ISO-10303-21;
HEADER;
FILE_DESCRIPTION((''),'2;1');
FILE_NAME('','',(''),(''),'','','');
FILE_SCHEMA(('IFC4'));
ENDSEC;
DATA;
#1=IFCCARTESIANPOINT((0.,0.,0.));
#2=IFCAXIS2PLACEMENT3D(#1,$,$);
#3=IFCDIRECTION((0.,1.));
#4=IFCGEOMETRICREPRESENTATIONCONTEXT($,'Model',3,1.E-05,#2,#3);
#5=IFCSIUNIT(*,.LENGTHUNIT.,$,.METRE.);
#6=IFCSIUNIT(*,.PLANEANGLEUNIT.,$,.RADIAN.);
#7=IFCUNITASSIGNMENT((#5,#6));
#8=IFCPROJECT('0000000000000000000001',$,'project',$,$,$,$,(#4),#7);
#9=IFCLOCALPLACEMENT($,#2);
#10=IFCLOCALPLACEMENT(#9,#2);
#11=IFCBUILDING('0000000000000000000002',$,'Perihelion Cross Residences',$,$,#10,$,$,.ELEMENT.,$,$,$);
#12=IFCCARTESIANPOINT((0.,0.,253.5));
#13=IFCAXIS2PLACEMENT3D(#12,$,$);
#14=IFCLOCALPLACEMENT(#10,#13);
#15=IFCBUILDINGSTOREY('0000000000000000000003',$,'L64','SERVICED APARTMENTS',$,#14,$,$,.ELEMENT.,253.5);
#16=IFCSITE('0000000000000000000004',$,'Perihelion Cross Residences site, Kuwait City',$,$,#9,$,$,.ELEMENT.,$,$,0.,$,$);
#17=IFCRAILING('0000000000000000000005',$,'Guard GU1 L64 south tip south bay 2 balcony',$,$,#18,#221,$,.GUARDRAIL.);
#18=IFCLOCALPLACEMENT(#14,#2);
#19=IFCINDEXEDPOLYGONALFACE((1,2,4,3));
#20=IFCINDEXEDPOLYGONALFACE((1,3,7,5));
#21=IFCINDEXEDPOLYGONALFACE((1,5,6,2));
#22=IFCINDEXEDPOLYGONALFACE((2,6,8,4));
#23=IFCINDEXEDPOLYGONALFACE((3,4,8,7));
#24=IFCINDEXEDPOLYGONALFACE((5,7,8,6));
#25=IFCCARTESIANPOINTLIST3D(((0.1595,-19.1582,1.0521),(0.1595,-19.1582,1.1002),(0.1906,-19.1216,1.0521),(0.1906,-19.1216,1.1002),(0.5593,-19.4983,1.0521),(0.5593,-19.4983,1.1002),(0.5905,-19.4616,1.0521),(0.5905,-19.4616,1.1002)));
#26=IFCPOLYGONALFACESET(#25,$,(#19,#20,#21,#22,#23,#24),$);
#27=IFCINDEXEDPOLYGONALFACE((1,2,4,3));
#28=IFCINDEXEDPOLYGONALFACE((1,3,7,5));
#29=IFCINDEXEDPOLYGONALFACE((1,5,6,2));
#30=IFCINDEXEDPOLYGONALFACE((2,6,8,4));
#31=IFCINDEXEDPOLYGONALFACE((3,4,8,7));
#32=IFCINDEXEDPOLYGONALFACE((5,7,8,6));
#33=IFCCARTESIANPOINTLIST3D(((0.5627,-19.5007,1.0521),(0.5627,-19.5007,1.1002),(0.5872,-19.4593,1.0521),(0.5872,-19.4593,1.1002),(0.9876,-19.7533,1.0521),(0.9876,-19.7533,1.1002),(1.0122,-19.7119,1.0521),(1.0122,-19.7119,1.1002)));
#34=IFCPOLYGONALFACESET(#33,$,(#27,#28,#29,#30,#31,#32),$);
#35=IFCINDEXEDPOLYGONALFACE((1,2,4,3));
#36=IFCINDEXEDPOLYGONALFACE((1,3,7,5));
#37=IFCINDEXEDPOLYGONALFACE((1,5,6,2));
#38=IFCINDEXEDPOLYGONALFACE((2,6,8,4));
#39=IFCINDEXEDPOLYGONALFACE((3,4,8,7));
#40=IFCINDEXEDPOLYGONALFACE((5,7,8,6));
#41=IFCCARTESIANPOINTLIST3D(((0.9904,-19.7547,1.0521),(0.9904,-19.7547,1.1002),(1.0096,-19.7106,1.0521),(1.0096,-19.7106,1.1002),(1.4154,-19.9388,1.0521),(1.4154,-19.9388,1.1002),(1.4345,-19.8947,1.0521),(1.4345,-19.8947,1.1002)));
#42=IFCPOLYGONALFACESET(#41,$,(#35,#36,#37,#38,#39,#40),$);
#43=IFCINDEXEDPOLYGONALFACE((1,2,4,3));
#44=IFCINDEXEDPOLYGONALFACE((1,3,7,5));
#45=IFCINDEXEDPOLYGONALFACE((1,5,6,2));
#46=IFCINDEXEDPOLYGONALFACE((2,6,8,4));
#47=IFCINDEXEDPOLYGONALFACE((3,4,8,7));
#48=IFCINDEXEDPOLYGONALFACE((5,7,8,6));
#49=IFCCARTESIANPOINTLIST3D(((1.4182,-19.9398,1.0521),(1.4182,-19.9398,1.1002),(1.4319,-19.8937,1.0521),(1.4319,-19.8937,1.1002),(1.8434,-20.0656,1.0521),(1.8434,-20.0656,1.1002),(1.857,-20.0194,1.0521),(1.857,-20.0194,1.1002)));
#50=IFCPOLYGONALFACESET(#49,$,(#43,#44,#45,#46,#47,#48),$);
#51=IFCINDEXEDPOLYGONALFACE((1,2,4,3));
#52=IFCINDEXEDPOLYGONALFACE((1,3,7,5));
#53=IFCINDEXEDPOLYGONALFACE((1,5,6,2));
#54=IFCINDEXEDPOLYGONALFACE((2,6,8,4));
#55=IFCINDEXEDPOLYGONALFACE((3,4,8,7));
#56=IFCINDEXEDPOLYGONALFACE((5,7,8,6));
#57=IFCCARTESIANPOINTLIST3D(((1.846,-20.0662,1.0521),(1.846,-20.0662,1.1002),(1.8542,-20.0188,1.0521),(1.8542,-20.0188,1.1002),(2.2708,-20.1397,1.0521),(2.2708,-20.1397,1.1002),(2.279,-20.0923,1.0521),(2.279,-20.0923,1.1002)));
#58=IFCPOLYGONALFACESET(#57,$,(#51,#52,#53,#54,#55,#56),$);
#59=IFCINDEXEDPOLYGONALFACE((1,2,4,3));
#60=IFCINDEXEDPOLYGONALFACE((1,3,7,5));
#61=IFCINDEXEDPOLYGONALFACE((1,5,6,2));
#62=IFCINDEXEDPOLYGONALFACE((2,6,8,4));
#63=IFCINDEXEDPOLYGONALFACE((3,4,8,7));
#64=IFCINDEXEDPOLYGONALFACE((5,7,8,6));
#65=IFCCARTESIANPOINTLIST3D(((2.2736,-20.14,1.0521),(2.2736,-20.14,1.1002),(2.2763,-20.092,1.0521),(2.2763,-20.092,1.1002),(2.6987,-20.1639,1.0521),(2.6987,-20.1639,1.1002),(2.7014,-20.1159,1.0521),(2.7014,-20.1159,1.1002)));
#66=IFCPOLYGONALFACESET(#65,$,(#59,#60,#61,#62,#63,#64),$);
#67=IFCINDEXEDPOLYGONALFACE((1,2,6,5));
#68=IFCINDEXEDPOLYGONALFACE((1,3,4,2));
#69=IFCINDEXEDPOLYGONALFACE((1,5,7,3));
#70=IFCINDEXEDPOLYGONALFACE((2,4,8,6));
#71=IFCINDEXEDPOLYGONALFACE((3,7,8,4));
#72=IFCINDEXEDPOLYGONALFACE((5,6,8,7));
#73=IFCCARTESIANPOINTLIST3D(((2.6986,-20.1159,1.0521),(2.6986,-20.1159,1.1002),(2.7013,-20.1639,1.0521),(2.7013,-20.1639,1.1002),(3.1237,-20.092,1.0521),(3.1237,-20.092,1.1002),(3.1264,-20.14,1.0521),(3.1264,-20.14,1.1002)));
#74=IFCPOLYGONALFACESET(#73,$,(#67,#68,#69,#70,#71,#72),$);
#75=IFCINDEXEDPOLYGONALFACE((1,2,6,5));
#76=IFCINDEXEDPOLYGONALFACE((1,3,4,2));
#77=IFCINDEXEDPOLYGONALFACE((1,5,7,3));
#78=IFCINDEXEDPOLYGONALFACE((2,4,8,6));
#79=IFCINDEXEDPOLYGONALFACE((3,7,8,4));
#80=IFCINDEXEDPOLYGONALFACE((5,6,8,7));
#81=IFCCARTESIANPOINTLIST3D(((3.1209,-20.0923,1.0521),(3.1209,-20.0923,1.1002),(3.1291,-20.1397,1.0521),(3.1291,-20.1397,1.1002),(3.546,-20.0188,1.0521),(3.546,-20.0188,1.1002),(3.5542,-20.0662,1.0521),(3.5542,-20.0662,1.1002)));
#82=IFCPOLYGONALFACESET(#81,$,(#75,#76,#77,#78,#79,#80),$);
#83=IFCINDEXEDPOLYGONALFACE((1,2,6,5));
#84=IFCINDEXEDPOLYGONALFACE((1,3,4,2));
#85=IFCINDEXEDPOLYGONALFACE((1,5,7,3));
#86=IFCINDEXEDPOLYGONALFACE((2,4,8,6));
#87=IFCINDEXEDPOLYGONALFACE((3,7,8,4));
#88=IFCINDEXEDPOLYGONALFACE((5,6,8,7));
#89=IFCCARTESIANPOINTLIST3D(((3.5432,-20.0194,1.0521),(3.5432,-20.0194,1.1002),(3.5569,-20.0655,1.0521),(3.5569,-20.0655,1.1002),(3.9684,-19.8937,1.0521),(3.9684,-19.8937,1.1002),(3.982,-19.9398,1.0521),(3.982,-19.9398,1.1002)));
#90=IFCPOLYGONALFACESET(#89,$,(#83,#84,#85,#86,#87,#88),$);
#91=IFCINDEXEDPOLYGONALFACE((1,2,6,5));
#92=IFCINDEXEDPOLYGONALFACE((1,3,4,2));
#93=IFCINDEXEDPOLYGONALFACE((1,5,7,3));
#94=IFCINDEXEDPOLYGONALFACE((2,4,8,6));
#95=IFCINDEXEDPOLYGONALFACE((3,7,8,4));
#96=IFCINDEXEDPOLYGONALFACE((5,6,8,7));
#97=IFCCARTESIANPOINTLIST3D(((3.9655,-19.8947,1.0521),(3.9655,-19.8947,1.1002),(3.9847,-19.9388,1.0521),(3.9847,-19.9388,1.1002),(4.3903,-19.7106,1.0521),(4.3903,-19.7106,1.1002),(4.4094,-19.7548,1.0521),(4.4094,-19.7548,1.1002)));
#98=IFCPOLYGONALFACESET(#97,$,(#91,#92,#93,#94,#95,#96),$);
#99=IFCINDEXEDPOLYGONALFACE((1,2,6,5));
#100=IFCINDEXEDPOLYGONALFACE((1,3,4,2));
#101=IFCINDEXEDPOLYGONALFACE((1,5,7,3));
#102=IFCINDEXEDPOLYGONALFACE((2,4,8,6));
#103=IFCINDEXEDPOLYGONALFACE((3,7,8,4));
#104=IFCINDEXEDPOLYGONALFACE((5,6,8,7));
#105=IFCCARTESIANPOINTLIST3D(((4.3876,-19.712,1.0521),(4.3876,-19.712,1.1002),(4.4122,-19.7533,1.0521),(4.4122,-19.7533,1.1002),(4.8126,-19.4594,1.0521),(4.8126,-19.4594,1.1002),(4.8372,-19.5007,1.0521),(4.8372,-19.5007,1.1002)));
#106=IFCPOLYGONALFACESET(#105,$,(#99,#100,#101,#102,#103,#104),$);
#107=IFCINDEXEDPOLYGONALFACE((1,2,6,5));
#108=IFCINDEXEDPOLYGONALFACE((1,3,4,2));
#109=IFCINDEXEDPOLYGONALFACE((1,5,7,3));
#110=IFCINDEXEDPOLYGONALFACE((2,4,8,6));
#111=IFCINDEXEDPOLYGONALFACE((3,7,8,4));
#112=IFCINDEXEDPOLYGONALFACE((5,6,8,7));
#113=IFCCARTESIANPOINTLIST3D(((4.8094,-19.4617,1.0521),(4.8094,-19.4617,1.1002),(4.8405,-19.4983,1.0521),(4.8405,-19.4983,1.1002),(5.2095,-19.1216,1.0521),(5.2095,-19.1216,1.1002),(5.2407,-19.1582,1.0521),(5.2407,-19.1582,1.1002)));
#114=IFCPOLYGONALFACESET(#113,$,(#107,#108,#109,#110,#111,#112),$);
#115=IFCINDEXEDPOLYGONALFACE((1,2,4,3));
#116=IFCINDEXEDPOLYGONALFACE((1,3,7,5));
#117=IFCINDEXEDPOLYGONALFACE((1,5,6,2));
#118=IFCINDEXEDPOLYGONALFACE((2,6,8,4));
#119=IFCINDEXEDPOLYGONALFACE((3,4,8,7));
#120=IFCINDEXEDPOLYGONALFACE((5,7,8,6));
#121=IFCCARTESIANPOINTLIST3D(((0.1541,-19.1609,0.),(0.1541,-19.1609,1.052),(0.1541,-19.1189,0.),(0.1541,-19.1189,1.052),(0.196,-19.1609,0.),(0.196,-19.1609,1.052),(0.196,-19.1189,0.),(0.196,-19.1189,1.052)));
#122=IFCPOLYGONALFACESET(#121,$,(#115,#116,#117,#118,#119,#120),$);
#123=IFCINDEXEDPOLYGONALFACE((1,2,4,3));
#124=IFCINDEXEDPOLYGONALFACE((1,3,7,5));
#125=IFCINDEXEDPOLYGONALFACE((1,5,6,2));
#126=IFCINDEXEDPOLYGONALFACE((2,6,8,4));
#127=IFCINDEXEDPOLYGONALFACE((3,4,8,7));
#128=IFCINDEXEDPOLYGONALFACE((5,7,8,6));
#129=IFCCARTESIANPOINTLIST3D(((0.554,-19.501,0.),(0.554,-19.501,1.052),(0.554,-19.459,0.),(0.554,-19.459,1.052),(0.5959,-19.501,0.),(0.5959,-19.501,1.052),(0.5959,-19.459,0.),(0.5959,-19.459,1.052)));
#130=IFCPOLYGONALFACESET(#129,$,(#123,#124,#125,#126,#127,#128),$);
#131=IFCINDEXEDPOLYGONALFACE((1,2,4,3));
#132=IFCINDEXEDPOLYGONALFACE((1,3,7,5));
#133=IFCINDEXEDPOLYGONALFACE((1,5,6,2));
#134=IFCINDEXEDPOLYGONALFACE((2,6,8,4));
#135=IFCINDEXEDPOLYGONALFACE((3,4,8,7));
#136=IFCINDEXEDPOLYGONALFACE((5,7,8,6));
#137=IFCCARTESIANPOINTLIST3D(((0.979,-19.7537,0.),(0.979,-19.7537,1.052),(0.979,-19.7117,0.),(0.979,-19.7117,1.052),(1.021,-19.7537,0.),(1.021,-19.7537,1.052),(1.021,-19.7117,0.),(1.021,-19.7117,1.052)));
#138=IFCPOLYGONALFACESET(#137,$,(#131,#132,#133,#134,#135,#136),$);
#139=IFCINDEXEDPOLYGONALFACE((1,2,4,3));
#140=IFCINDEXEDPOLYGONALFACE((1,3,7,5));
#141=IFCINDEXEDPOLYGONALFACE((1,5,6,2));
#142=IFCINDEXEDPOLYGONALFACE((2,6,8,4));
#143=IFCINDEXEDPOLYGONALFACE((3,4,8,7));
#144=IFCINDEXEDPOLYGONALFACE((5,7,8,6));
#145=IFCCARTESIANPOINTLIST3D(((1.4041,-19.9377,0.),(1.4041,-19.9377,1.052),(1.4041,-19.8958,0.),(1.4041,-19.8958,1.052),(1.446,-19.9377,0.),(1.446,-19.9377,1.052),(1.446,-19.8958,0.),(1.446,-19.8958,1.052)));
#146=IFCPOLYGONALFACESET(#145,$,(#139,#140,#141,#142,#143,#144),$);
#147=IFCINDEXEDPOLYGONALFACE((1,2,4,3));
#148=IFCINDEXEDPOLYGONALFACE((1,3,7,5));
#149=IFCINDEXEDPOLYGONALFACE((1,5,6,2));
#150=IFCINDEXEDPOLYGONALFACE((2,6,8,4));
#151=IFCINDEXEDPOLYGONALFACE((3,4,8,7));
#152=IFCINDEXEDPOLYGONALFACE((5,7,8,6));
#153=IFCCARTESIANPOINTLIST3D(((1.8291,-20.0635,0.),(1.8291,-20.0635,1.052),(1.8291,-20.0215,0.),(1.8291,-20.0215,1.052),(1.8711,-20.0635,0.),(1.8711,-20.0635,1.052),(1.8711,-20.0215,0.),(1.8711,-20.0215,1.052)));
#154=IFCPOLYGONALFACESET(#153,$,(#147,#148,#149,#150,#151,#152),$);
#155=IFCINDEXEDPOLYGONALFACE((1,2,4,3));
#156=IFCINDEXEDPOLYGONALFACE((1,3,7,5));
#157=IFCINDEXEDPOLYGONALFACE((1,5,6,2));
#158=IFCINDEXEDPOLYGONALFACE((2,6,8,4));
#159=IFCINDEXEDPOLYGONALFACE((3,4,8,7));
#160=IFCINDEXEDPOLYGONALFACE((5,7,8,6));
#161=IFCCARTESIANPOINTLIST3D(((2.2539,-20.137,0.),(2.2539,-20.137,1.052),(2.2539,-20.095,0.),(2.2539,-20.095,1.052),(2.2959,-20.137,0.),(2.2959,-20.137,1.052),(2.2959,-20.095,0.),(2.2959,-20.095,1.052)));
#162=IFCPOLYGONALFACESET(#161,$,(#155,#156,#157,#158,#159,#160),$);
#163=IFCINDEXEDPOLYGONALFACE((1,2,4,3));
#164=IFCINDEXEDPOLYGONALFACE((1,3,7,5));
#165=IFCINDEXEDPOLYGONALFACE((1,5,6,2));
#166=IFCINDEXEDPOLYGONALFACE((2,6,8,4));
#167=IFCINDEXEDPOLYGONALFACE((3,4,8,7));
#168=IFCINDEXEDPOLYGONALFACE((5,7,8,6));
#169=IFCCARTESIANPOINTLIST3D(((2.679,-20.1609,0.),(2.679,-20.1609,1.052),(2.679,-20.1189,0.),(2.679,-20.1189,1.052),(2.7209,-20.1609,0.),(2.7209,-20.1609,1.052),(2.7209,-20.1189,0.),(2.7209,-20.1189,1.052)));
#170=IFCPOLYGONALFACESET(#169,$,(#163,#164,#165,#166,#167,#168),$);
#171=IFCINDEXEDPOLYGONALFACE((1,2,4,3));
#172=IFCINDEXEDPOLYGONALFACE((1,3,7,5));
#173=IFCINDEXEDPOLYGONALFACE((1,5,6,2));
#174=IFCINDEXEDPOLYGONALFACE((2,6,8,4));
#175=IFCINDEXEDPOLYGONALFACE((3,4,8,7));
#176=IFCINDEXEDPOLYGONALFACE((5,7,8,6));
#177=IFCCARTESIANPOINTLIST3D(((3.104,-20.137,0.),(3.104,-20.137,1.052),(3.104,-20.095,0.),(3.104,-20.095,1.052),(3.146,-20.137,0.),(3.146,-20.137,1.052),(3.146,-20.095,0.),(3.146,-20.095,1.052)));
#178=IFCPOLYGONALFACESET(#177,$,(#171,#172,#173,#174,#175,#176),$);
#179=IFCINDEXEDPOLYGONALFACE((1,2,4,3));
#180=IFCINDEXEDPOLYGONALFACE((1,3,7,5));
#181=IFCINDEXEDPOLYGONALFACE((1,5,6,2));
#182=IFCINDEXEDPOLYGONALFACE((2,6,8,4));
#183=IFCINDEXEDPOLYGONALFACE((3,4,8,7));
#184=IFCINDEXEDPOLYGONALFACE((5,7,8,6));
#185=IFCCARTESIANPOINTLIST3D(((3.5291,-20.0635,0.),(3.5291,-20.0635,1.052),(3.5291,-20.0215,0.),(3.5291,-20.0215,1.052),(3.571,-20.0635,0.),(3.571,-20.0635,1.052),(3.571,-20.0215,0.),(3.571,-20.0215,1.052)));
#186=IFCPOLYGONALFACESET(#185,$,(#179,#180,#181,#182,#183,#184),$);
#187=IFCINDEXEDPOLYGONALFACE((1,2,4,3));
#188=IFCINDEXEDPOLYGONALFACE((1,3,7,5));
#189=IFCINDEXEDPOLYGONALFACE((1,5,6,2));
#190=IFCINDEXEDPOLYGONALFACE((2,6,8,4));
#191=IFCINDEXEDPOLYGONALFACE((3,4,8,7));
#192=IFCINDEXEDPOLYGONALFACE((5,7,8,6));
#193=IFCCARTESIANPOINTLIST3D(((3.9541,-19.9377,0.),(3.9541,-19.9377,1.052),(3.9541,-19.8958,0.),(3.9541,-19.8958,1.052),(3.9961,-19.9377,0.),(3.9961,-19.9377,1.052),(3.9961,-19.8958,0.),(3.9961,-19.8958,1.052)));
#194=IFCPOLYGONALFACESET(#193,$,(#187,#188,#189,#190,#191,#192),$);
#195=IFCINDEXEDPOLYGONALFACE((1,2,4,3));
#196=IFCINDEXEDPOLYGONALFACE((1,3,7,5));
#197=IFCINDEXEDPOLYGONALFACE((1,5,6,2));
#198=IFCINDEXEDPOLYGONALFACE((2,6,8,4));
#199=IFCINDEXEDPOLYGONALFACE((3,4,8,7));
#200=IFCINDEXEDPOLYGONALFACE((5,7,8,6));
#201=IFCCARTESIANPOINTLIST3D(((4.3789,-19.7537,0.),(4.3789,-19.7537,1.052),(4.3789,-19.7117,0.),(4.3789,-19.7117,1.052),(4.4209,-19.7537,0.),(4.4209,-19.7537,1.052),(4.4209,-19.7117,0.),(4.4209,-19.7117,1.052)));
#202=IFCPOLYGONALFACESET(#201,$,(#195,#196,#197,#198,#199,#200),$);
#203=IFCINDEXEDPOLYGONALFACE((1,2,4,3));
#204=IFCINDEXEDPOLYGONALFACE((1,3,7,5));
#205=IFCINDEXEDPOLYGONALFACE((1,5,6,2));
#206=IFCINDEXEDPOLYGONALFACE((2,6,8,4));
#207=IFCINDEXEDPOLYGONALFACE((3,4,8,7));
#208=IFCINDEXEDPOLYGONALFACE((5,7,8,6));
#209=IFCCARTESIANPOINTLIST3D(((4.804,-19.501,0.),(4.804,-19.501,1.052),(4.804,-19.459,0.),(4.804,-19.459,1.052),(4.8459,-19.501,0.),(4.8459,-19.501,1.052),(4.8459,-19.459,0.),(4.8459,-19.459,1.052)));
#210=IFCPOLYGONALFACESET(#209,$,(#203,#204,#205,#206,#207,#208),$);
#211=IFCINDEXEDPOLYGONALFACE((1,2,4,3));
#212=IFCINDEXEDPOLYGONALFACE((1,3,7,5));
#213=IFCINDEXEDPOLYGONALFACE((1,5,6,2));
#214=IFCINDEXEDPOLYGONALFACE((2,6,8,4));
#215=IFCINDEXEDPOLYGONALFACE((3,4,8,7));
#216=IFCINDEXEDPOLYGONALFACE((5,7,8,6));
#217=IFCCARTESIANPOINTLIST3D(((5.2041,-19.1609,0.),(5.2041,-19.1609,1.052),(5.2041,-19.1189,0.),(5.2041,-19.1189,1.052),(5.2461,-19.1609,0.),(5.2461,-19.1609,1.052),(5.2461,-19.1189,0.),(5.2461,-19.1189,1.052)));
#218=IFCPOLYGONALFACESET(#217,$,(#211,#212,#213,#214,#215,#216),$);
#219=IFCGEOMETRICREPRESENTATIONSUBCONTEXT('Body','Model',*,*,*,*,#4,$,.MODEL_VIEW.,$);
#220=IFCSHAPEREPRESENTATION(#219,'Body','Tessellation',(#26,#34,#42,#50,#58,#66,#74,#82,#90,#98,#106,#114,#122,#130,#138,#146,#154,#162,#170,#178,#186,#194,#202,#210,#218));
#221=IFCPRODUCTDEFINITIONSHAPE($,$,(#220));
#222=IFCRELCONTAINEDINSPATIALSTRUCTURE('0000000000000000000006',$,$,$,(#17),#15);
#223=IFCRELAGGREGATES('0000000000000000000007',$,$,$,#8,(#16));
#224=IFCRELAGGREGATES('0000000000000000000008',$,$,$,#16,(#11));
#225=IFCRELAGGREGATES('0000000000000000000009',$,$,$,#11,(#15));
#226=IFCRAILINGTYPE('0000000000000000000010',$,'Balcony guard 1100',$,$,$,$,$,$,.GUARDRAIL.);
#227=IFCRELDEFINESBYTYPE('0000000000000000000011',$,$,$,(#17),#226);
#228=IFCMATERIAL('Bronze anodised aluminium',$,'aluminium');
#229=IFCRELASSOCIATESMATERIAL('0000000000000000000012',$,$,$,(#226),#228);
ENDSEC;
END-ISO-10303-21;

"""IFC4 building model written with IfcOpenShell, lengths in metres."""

from ifc_helpers import new_model, si_unit, direction, frame, origin, origin_2d, place, context, subcontext, project, spatial, rectangle, extrude, material, type_object, element, save


model = new_model("IFC4")

# Units and contexts
model_context = context("Model", 3, precision=1e-05, world=origin(), true_north=direction((0.0, 1.0)))
body_context = subcontext(model_context, "Body", "Model", "MODEL_VIEW")
ifc_project = project(units=[si_unit("LENGTHUNIT", "METRE"), si_unit("PLANEANGLEUNIT", "RADIAN")], contexts=[model_context])

# Site, building, storey
site_placement = place(None, origin())
site = spatial("IfcSite", under=ifc_project, at=site_placement, Name="Perihelion Cross Residences site, Kuwait City", CompositionType="ELEMENT", RefElevation=0.0)
building_placement = place(site_placement, origin())
building = spatial("IfcBuilding", under=site, at=building_placement, Name="Perihelion Cross Residences", CompositionType="ELEMENT")
storey_placement = place(building_placement, frame((0.0, 0.0, 253.5)))
storey = spatial("IfcBuildingStorey", under=building, at=storey_placement, Name="L64", Description="SERVICED APARTMENTS", CompositionType="ELEMENT", Elevation=253.5)

# Railing
ifc_material_1 = material(Name="Bronze anodised aluminium", Category="aluminium")
railing_type = type_object("IfcRailingType", Name="Balcony guard 1100", PredefinedType="GUARDRAIL", material=ifc_material_1)
railing_placement = place(storey_placement, frame((0.175, -19.1399, 0.0)))
element("IfcRailing", 1, at=railing_placement, inside=storey, type_object=railing_type, Name="Guard GU1 L64 south tip south bay 2 balcony", PredefinedType="GUARDRAIL", context=body_context, shape_type="SweptSolid", body=[
    extrude(rectangle(XDim=0.0481, YDim=0.0481, at=origin_2d()), frame((0.0, 0.0, 1.0762), z_axis=(0.761779, -0.647837, 0.0), x_axis=(0.647837, 0.761779, 0.0)), (0.0, 0.0, 1.0), 0.5249),
    extrude(rectangle(XDim=0.0481, YDim=0.0481, at=origin_2d()), frame((0.3999, -0.3401, 1.0762), z_axis=(0.859577, -0.511006, 0.0), x_axis=(0.511006, 0.859577, 0.0)), (0.0, 0.0, 1.0), 0.4944),
    extrude(rectangle(XDim=0.0481, YDim=0.0481, at=origin_2d()), frame((0.825, -0.5928, 1.0762), z_axis=(0.917639, -0.397415, 0.0), x_axis=(0.397415, 0.917639, 0.0)), (0.0, 0.0, 1.0), 0.4631),
    extrude(rectangle(XDim=0.0481, YDim=0.0481, at=origin_2d()), frame((1.25, -0.7769, 1.0762), z_axis=(0.958926, -0.283657, 0.0), x_axis=(0.283657, 0.958926, 0.0)), (0.0, 0.0, 1.0), 0.4434),
    extrude(rectangle(XDim=0.0481, YDim=0.0481, at=origin_2d()), frame((1.675, -0.9026, 1.0762), z_axis=(0.985365, -0.170457, 0.0), x_axis=(0.170457, 0.985365, 0.0)), (0.0, 0.0, 1.0), 0.4312),
    extrude(rectangle(XDim=0.0481, YDim=0.0481, at=origin_2d()), frame((2.0999, -0.9761, 1.0762), z_axis=(0.99842, -0.056201, 0.0), x_axis=(0.056201, 0.99842, 0.0)), (0.0, 0.0, 1.0), 0.4258),
    extrude(rectangle(XDim=0.0481, YDim=0.0481, at=origin_2d()), frame((2.5249, -1.0, 1.0762), z_axis=(0.99842, 0.056201, 0.0), x_axis=(-0.056201, 0.99842, 0.0)), (0.0, 0.0, 1.0), 0.4258),
    extrude(rectangle(XDim=0.0481, YDim=0.0481, at=origin_2d()), frame((2.95, -0.9761, 1.0762), z_axis=(0.985382, 0.170362, 0.0), x_axis=(-0.170362, 0.985382, 0.0)), (0.0, 0.0, 1.0), 0.4314),
    extrude(rectangle(XDim=0.0481, YDim=0.0481, at=origin_2d()), frame((3.375, -0.9026, 1.0762), z_axis=(0.958926, 0.283657, 0.0), x_axis=(-0.283657, 0.958926, 0.0)), (0.0, 0.0, 1.0), 0.4434),
    extrude(rectangle(XDim=0.0481, YDim=0.0481, at=origin_2d()), frame((3.8, -0.7769, 1.0762), z_axis=(0.917556, 0.397607, 0.0), x_axis=(-0.397607, 0.917556, 0.0)), (0.0, 0.0, 1.0), 0.4629),
    extrude(rectangle(XDim=0.0481, YDim=0.0481, at=origin_2d()), frame((4.2249, -0.5928, 1.0762), z_axis=(0.859577, 0.511006, 0.0), x_axis=(-0.511006, 0.859577, 0.0)), (0.0, 0.0, 1.0), 0.4944),
    extrude(rectangle(XDim=0.0481, YDim=0.0481, at=origin_2d()), frame((4.6499, -0.3401, 1.0762), z_axis=(0.761974, 0.647608, 0.0), x_axis=(-0.647608, 0.761974, 0.0)), (0.0, 0.0, 1.0), 0.5251),
    extrude(rectangle(XDim=0.042, YDim=0.042, at=origin_2d()), origin(), (0.0, 0.0, 1.0), 1.052),
    extrude(rectangle(XDim=0.042, YDim=0.042, at=origin_2d()), frame((0.3999, -0.3401, 0.0)), (0.0, 0.0, 1.0), 1.052),
    extrude(rectangle(XDim=0.042, YDim=0.042, at=origin_2d()), frame((0.825, -0.5928, 0.0)), (0.0, 0.0, 1.0), 1.052),
    extrude(rectangle(XDim=0.042, YDim=0.042, at=origin_2d()), frame((1.25, -0.7769, 0.0)), (0.0, 0.0, 1.0), 1.052),
    extrude(rectangle(XDim=0.042, YDim=0.042, at=origin_2d()), frame((1.675, -0.9026, 0.0)), (0.0, 0.0, 1.0), 1.052),
    extrude(rectangle(XDim=0.042, YDim=0.042, at=origin_2d()), frame((2.0999, -0.9761, 0.0)), (0.0, 0.0, 1.0), 1.052),
    extrude(rectangle(XDim=0.042, YDim=0.042, at=origin_2d()), frame((2.5249, -1.0, 0.0)), (0.0, 0.0, 1.0), 1.052),
    extrude(rectangle(XDim=0.042, YDim=0.042, at=origin_2d()), frame((2.95, -0.9761, 0.0)), (0.0, 0.0, 1.0), 1.052),
    extrude(rectangle(XDim=0.042, YDim=0.042, at=origin_2d()), frame((3.375, -0.9026, 0.0)), (0.0, 0.0, 1.0), 1.052),
    extrude(rectangle(XDim=0.042, YDim=0.042, at=origin_2d()), frame((3.8, -0.7769, 0.0)), (0.0, 0.0, 1.0), 1.052),
    extrude(rectangle(XDim=0.042, YDim=0.042, at=origin_2d()), frame((4.2249, -0.5928, 0.0)), (0.0, 0.0, 1.0), 1.052),
    extrude(rectangle(XDim=0.042, YDim=0.042, at=origin_2d()), frame((4.6499, -0.3401, 0.0)), (0.0, 0.0, 1.0), 1.052),
    extrude(rectangle(XDim=0.042, YDim=0.042, at=origin_2d()), frame((5.05, 0.0, 0.0)), (0.0, 0.0, 1.0), 1.052),
])

save(model, "model.ifc")
